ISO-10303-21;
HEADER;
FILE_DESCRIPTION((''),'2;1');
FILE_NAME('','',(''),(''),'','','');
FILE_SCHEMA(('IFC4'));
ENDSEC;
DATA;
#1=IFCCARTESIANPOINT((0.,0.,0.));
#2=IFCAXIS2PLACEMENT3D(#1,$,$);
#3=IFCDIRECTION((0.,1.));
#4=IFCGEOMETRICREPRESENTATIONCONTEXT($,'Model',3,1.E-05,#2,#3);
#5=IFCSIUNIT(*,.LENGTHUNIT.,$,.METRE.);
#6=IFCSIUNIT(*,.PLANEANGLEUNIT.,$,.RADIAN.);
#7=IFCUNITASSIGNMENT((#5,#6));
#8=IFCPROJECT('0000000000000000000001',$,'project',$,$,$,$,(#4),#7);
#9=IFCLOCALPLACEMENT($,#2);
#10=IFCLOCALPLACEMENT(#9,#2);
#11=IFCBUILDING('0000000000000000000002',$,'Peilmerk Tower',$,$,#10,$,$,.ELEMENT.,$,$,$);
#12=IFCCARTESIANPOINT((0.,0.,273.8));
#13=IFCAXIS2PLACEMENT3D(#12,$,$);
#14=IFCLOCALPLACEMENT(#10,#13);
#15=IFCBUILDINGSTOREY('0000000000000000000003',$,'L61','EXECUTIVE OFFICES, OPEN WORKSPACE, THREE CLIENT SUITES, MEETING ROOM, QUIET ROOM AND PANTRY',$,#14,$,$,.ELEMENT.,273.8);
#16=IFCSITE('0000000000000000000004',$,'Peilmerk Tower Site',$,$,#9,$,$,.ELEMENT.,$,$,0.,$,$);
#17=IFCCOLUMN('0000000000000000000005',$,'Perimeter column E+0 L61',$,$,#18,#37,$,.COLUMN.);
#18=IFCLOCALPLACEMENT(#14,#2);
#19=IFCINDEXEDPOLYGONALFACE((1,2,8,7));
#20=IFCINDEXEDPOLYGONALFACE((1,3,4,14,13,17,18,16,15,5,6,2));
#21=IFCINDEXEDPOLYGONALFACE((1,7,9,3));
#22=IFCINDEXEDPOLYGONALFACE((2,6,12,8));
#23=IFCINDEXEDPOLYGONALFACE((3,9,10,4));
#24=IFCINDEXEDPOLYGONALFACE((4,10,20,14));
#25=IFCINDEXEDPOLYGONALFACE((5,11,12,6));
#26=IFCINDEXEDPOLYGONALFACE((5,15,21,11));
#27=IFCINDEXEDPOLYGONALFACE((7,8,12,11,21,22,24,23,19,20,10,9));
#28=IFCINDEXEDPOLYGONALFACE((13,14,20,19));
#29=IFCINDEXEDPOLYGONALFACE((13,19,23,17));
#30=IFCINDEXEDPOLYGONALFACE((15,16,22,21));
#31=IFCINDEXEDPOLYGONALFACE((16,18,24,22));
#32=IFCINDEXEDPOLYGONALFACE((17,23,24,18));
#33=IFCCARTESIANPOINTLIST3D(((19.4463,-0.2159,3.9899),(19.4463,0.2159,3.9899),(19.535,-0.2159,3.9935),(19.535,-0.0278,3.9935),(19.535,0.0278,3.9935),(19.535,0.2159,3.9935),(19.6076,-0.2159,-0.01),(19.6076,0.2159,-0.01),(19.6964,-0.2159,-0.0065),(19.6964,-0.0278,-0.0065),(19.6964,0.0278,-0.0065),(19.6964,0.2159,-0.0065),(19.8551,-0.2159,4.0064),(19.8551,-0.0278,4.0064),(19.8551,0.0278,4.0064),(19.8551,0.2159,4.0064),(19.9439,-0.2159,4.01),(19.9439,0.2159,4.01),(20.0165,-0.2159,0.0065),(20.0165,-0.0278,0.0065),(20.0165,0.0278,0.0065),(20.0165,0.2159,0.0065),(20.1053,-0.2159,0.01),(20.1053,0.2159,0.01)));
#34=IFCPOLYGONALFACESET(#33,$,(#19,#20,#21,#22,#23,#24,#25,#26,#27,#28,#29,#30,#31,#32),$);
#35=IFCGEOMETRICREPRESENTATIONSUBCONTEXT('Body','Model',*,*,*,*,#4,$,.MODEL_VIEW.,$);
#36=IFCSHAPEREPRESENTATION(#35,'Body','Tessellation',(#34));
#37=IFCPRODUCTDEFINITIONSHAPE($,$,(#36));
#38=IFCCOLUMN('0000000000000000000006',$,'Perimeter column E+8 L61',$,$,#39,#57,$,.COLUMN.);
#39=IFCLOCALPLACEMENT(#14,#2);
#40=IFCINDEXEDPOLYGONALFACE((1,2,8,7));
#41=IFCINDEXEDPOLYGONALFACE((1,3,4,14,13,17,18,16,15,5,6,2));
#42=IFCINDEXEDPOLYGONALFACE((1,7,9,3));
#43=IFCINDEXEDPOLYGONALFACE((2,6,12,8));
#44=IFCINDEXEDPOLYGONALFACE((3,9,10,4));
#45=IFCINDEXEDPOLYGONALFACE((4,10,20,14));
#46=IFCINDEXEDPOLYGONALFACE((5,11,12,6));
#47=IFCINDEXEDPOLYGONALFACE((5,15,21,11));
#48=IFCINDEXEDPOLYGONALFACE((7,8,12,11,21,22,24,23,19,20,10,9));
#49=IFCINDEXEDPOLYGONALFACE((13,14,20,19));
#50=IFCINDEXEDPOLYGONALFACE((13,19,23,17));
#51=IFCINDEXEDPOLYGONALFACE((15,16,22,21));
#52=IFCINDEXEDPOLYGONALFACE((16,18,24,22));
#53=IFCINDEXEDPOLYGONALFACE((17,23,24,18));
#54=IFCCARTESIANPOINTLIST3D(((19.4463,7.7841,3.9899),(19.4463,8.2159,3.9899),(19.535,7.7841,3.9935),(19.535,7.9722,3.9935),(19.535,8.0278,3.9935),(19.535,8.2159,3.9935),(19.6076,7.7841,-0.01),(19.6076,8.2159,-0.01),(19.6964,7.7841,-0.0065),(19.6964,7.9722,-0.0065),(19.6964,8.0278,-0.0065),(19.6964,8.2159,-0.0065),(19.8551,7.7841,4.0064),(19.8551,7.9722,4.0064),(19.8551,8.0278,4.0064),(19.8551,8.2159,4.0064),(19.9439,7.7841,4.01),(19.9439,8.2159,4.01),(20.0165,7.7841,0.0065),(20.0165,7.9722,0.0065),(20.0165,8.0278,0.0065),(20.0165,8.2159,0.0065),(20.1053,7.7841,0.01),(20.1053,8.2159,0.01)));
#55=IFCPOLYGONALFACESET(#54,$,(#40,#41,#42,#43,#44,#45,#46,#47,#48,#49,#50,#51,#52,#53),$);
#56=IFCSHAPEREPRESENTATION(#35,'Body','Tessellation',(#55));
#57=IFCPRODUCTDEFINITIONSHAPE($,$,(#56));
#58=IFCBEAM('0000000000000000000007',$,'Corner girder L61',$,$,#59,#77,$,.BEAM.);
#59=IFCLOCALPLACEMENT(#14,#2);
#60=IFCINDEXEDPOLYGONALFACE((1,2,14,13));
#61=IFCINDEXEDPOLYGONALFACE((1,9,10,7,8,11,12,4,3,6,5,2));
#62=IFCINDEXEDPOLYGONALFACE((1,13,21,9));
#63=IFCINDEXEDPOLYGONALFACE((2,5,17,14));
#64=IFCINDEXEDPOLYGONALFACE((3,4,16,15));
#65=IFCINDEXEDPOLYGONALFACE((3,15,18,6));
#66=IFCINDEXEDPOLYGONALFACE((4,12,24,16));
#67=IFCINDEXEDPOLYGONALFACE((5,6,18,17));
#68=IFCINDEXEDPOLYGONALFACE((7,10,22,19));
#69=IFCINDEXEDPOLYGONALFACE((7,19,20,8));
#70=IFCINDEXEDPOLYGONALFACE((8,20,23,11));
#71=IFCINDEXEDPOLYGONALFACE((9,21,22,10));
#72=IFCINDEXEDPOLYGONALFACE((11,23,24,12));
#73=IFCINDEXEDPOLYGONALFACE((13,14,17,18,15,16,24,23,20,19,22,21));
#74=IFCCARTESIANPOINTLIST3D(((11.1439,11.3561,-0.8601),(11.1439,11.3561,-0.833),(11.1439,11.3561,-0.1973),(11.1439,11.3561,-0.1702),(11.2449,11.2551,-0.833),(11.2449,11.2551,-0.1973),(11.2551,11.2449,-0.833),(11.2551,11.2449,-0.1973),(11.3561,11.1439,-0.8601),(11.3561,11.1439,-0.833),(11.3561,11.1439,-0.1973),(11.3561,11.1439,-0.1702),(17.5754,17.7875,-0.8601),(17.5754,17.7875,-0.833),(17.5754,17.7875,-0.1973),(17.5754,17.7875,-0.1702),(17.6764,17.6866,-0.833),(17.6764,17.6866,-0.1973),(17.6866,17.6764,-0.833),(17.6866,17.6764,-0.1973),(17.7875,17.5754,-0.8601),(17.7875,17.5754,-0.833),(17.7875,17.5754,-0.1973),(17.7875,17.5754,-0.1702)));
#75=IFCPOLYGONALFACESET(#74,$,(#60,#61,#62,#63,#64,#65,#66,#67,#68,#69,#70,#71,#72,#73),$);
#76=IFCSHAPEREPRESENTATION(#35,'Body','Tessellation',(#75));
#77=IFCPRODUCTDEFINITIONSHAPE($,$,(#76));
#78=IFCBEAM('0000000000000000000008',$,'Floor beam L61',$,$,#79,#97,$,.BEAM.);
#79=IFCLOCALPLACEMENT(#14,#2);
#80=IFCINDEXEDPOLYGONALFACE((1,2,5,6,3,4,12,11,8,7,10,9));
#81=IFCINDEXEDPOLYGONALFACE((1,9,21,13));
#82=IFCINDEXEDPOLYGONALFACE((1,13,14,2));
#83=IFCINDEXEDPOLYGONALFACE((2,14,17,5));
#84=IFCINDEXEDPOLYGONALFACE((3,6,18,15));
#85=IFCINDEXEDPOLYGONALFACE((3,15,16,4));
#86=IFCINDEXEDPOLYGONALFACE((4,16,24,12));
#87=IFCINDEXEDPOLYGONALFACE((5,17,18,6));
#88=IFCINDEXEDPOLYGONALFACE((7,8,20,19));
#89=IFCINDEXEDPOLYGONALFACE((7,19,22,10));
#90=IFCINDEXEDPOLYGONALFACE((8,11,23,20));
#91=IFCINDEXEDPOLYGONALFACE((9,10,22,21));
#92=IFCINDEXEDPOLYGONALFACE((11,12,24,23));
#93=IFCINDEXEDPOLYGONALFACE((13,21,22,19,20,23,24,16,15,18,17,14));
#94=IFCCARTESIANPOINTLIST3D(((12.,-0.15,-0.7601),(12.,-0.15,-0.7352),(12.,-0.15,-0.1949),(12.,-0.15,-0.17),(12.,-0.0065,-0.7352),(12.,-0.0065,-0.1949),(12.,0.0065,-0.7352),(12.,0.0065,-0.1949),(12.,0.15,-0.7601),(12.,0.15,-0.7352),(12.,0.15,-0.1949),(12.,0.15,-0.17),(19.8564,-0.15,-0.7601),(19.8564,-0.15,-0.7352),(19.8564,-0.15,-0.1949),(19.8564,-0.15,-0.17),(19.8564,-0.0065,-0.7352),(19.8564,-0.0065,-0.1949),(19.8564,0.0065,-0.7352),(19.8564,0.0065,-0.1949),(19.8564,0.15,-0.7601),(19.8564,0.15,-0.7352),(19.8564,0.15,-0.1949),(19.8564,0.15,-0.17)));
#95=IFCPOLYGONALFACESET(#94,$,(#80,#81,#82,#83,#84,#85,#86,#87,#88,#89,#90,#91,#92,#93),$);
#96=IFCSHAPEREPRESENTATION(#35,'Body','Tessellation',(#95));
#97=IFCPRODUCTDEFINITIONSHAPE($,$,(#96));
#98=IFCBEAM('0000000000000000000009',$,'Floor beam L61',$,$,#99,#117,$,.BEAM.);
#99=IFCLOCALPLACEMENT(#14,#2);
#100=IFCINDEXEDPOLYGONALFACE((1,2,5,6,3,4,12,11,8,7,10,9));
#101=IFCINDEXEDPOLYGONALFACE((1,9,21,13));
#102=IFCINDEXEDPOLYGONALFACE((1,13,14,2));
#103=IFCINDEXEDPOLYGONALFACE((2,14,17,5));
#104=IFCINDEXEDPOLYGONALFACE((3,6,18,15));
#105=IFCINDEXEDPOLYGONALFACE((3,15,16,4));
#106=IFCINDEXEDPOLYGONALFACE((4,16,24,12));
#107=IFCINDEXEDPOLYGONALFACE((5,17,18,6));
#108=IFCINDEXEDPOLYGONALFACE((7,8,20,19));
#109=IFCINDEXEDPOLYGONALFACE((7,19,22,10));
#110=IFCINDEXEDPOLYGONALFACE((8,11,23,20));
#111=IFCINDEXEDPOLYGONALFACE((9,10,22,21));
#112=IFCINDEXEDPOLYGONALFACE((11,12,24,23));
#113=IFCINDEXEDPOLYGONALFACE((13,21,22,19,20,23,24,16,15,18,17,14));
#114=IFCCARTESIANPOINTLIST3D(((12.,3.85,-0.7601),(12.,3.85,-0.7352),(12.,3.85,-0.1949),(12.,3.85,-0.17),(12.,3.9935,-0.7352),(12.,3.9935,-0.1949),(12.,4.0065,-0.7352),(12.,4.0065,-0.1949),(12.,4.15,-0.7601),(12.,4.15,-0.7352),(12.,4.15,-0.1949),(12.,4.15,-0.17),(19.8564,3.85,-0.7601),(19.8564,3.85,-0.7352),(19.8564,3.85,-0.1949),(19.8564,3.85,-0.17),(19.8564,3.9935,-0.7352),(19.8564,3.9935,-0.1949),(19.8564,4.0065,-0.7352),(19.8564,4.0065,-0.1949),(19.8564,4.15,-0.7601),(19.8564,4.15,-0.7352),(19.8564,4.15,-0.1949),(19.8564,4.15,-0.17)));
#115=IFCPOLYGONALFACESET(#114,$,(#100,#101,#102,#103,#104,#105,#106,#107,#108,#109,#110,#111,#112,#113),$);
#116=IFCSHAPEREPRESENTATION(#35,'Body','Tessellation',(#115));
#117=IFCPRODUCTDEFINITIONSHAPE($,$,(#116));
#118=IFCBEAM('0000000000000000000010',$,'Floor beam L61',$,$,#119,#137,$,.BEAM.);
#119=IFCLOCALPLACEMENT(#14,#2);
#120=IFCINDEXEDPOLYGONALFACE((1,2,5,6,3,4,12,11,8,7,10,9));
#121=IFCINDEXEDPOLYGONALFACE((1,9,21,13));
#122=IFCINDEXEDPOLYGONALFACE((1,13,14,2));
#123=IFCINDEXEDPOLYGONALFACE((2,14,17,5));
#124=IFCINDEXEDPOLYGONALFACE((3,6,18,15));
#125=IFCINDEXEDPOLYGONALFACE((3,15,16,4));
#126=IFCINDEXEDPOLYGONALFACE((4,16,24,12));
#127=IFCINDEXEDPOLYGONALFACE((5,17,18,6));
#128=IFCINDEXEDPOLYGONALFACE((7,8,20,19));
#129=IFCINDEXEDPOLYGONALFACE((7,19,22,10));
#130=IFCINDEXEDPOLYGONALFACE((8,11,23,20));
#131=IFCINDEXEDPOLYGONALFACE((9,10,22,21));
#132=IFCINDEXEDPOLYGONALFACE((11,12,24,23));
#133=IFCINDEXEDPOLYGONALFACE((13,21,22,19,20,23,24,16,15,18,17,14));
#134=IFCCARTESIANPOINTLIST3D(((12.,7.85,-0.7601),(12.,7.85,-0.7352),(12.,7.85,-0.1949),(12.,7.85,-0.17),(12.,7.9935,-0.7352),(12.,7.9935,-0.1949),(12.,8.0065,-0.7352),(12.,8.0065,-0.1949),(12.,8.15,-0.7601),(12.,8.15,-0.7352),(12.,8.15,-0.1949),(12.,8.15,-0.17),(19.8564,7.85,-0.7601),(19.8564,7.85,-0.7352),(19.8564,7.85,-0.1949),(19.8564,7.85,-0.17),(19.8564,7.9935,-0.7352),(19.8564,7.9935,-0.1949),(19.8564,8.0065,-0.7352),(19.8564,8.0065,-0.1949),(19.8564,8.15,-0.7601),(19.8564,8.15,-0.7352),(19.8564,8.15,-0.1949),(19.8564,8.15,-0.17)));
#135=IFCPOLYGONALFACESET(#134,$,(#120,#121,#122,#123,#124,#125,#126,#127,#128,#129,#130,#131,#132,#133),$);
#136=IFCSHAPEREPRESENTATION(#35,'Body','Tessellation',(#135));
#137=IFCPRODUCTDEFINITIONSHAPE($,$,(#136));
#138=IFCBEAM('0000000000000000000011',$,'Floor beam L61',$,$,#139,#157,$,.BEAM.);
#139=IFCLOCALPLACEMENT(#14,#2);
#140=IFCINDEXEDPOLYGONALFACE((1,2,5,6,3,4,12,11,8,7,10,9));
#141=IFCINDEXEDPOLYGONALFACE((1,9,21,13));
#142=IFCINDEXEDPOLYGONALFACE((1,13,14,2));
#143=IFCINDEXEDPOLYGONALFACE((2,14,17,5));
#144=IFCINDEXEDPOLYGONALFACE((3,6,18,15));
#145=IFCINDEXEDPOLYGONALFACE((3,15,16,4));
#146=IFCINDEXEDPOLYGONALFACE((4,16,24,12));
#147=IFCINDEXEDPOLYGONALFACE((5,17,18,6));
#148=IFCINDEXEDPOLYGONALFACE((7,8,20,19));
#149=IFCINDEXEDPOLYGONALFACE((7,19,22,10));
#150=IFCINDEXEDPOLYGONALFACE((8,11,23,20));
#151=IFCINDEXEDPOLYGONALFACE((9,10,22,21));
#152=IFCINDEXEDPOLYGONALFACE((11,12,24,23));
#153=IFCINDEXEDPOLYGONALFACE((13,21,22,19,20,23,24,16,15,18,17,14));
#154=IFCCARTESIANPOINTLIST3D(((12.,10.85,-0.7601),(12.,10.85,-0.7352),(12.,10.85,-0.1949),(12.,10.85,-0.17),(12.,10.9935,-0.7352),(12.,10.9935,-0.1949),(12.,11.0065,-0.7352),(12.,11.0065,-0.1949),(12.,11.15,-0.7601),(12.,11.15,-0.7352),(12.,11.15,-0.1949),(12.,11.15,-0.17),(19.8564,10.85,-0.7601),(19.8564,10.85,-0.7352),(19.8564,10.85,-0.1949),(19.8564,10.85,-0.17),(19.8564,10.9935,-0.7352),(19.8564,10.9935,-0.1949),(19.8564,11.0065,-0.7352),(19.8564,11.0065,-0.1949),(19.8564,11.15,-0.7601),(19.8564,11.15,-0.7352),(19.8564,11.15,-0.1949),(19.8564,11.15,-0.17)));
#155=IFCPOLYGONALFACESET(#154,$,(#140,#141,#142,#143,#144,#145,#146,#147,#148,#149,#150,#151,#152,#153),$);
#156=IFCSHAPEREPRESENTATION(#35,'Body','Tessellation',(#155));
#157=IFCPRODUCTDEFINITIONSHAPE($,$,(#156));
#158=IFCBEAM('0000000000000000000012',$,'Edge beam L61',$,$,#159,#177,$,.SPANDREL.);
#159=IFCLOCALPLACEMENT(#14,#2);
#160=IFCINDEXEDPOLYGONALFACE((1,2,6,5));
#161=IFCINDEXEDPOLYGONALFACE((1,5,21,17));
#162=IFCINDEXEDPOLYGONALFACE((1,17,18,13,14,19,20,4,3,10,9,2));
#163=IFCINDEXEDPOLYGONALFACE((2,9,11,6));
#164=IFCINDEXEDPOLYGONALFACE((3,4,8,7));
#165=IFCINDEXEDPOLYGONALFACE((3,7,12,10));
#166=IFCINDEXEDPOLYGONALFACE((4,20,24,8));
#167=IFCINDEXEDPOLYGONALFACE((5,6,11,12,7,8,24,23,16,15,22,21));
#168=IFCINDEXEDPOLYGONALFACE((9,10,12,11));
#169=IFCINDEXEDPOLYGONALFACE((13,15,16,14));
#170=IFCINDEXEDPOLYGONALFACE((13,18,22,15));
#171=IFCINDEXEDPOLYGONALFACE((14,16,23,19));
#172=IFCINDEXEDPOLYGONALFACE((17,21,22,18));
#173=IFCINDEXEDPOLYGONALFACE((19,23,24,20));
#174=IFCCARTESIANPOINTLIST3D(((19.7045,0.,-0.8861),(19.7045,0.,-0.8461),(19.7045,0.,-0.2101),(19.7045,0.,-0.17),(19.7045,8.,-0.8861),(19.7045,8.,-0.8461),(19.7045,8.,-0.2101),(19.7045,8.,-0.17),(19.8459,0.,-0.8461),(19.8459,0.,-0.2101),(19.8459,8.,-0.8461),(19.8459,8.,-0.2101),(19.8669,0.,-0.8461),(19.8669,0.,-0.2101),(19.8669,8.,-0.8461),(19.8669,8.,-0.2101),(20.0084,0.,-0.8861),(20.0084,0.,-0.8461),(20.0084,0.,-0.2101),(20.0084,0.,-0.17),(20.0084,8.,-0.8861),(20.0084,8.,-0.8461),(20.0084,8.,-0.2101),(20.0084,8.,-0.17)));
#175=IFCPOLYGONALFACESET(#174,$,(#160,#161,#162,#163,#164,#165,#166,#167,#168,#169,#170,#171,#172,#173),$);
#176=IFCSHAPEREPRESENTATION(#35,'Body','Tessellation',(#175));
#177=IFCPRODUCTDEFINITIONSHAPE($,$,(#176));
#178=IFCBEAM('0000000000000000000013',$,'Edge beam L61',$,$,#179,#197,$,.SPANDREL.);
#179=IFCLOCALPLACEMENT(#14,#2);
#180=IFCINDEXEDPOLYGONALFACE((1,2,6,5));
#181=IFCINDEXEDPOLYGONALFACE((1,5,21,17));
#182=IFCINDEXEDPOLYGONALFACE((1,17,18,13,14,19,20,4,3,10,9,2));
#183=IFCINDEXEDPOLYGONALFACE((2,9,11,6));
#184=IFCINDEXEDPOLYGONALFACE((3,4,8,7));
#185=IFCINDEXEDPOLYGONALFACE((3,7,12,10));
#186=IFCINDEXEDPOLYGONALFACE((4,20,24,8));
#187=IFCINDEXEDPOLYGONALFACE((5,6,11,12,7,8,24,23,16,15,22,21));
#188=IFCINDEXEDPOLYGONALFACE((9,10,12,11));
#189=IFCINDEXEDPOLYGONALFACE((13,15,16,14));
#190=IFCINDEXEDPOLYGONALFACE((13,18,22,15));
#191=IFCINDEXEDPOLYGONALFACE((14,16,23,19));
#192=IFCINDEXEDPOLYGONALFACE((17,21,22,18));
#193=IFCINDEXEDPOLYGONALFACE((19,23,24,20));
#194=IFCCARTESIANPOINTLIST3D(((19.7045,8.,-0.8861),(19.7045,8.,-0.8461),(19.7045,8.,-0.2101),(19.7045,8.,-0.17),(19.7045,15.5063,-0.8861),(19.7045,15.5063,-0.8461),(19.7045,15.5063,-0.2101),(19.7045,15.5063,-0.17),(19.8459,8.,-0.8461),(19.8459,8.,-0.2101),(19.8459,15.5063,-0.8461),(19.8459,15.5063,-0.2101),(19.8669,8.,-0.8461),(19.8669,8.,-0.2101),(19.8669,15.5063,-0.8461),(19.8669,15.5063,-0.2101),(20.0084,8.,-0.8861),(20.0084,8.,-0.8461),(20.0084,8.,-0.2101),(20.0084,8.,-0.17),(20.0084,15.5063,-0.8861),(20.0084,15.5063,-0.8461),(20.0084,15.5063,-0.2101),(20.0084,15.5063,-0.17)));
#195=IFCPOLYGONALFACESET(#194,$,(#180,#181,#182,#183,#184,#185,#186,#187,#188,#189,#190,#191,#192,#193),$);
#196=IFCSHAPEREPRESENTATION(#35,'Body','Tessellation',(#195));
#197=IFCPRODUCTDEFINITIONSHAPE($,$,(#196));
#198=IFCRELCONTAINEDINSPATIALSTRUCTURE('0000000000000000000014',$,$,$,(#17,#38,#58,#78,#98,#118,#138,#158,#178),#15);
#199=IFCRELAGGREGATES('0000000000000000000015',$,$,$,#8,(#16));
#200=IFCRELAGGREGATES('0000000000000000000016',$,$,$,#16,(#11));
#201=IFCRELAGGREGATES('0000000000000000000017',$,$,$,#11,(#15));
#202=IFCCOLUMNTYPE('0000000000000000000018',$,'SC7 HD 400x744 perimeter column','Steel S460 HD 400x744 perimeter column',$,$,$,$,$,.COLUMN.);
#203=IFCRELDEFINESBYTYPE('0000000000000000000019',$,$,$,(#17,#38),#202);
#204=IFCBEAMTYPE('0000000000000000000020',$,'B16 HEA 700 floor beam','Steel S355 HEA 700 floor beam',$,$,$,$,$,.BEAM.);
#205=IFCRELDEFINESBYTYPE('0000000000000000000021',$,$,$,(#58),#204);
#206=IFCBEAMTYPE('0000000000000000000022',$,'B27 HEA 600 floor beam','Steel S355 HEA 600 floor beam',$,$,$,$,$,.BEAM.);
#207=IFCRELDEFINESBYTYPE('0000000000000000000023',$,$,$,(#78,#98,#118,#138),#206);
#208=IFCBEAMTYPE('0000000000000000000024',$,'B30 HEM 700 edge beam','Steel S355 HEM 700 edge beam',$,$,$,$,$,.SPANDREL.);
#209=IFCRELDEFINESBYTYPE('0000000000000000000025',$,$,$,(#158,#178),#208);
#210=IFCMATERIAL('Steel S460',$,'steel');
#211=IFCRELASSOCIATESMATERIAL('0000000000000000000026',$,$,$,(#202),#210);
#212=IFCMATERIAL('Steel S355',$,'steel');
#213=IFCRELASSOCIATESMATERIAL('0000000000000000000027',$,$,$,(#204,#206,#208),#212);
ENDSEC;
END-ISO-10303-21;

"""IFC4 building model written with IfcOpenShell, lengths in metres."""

from ifc_helpers import new_model, si_unit, direction, frame, origin, origin_2d, place, context, subcontext, project, spatial, i_section, extrude, material, material_profile, profile_set, type_object, element, save


model = new_model("IFC4")

# Units and contexts
model_context = context("Model", 3, precision=1e-05, world=origin(), true_north=direction((0.0, 1.0)))
body_context = subcontext(model_context, "Body", "Model", "MODEL_VIEW")
ifc_project = project(units=[si_unit("LENGTHUNIT", "METRE"), si_unit("PLANEANGLEUNIT", "RADIAN")], contexts=[model_context])

# Site, building, storey
site_placement = place(None, origin())
site = spatial("IfcSite", under=ifc_project, at=site_placement, Name="Peilmerk Tower Site", CompositionType="ELEMENT", RefElevation=0.0)
building_placement = place(site_placement, origin())
building = spatial("IfcBuilding", under=site, at=building_placement, Name="Peilmerk Tower", CompositionType="ELEMENT")
storey_placement = place(building_placement, frame((0.0, 0.0, 273.8)))
storey = spatial("IfcBuildingStorey", under=building, at=storey_placement, Name="L61", Description="EXECUTIVE OFFICES, OPEN WORKSPACE, THREE CLIENT SUITES, MEETING ROOM, QUIET ROOM AND PANTRY", CompositionType="ELEMENT", Elevation=273.8)

# Columns
ifc_material_1 = material(Name="Steel S460", Category="steel")
ifc_material_profile_1 = material_profile(ifc_material_1, i_section(OverallWidth=0.4319, OverallDepth=0.498, WebThickness=0.0557, FlangeThickness=0.0889, at=origin_2d()), Name="HD 400x744")
ifc_profile_set_1 = profile_set([ifc_material_profile_1], Name="Steel S460")
column_type = type_object("IfcColumnType", Name="SC7 HD 400x744 perimeter column", Description="Steel S460 HD 400x744 perimeter column", PredefinedType="COLUMN", material=ifc_profile_set_1)
for number, where, z_axis, x_axis, name in (
    (1, (19.8564, 0.0, 0.0), (-0.040311, 0.0, 0.999187), (0.0, -1.0, 0.0), "Perimeter column E+0 L61"),
    (2, (19.8564, 8.0, 0.0), (-0.040311, 0.0, 0.999187), (0.0, -1.0, 0.0), "Perimeter column E+8 L61"),
):
    element("IfcColumn", number, at=place(storey_placement, frame(where, z_axis=z_axis, x_axis=x_axis)), inside=storey, type_object=column_type, Name=name, PredefinedType="COLUMN", context=body_context, shape_type="SweptSolid", body=[
        extrude(i_section(OverallWidth=0.4319, OverallDepth=0.498, WebThickness=0.0557, FlangeThickness=0.0889, at=origin_2d()), origin(), (0.0, 0.0, 1.0), 4.0032),
    ])

# Beams
ifc_material_2 = material(Name="Steel S355", Category="steel")
ifc_material_profile_2 = material_profile(ifc_material_2, i_section(OverallWidth=0.3, OverallDepth=0.6899, WebThickness=0.0144, FlangeThickness=0.0271, at=origin_2d()), Name="HEA 700")
ifc_profile_set_2 = profile_set([ifc_material_profile_2], Name="Steel S355")
beam_type_1 = type_object("IfcBeamType", Name="B16 HEA 700 floor beam", Description="Steel S355 HEA 700 floor beam", PredefinedType="BEAM", material=ifc_profile_set_2)
beam_1_placement = place(storey_placement, frame((11.25, 11.25, -0.5151), z_axis=(0.707107, 0.707107, 0.0), x_axis=(-0.707107, 0.707107, 0.0)))
element("IfcBeam", 3, at=beam_1_placement, inside=storey, type_object=beam_type_1, Name="Corner girder L61", PredefinedType="BEAM", context=body_context, shape_type="SweptSolid", body=[
    extrude(i_section(OverallWidth=0.3, OverallDepth=0.6899, WebThickness=0.0144, FlangeThickness=0.0271, at=origin_2d()), origin(), (0.0, 0.0, 1.0), 9.0955),
])
ifc_material_profile_3 = material_profile(ifc_material_2, i_section(OverallWidth=0.3, OverallDepth=0.5901, WebThickness=0.0129, FlangeThickness=0.0249, at=origin_2d()), Name="HEA 600")
ifc_profile_set_3 = profile_set([ifc_material_profile_3], Name="Steel S355")
beam_type_2 = type_object("IfcBeamType", Name="B27 HEA 600 floor beam", Description="Steel S355 HEA 600 floor beam", PredefinedType="BEAM", material=ifc_profile_set_3)
for number, where, z_axis, x_axis, name in (
    (4, (12.0, 0.0, -0.4651), (1.0, 0.0, 0.0), (0.0, 1.0, 0.0), "Floor beam L61"),
    (5, (12.0, 4.0, -0.4651), (1.0, 0.0, 0.0), (0.0, 1.0, 0.0), "Floor beam L61"),
    (6, (12.0, 8.0, -0.4651), (1.0, 0.0, 0.0), (0.0, 1.0, 0.0), "Floor beam L61"),
    (7, (12.0, 11.0, -0.4651), (1.0, 0.0, 0.0), (0.0, 1.0, 0.0), "Floor beam L61"),
):
    element("IfcBeam", number, at=place(storey_placement, frame(where, z_axis=z_axis, x_axis=x_axis)), inside=storey, type_object=beam_type_2, Name=name, PredefinedType="BEAM", context=body_context, shape_type="SweptSolid", body=[
        extrude(i_section(OverallWidth=0.3, OverallDepth=0.5901, WebThickness=0.0129, FlangeThickness=0.0249, at=origin_2d()), origin(), (0.0, 0.0, 1.0), 7.8564),
    ])
ifc_material_profile_4 = material_profile(ifc_material_2, i_section(OverallWidth=0.304, OverallDepth=0.7161, WebThickness=0.021, FlangeThickness=0.04, at=origin_2d()), Name="HEM 700")
ifc_profile_set_4 = profile_set([ifc_material_profile_4], Name="Steel S355")
beam_type_3 = type_object("IfcBeamType", Name="B30 HEM 700 edge beam", Description="Steel S355 HEM 700 edge beam", PredefinedType="SPANDREL", material=ifc_profile_set_4)
beam_2_placement = place(storey_placement, frame((19.8564, 0.0, -0.5281), z_axis=(0.0, 1.0, 0.0), x_axis=(-1.0, 0.0, 0.0)))
element("IfcBeam", 8, at=beam_2_placement, inside=storey, type_object=beam_type_3, Name="Edge beam L61", PredefinedType="SPANDREL", context=body_context, shape_type="SweptSolid", body=[
    extrude(i_section(OverallWidth=0.304, OverallDepth=0.7161, WebThickness=0.021, FlangeThickness=0.04, at=origin_2d()), origin(), (0.0, 0.0, 1.0), 8.0),
])
beam_3_placement = place(storey_placement, frame((19.8564, 8.0, -0.5281), z_axis=(0.0, 1.0, 0.0), x_axis=(-1.0, 0.0, 0.0)))
element("IfcBeam", 9, at=beam_3_placement, inside=storey, type_object=beam_type_3, Name="Edge beam L61", PredefinedType="SPANDREL", context=body_context, shape_type="SweptSolid", body=[
    extrude(i_section(OverallWidth=0.304, OverallDepth=0.7161, WebThickness=0.021, FlangeThickness=0.04, at=origin_2d()), origin(), (0.0, 0.0, 1.0), 7.5063),
])

save(model, "model.ifc")
